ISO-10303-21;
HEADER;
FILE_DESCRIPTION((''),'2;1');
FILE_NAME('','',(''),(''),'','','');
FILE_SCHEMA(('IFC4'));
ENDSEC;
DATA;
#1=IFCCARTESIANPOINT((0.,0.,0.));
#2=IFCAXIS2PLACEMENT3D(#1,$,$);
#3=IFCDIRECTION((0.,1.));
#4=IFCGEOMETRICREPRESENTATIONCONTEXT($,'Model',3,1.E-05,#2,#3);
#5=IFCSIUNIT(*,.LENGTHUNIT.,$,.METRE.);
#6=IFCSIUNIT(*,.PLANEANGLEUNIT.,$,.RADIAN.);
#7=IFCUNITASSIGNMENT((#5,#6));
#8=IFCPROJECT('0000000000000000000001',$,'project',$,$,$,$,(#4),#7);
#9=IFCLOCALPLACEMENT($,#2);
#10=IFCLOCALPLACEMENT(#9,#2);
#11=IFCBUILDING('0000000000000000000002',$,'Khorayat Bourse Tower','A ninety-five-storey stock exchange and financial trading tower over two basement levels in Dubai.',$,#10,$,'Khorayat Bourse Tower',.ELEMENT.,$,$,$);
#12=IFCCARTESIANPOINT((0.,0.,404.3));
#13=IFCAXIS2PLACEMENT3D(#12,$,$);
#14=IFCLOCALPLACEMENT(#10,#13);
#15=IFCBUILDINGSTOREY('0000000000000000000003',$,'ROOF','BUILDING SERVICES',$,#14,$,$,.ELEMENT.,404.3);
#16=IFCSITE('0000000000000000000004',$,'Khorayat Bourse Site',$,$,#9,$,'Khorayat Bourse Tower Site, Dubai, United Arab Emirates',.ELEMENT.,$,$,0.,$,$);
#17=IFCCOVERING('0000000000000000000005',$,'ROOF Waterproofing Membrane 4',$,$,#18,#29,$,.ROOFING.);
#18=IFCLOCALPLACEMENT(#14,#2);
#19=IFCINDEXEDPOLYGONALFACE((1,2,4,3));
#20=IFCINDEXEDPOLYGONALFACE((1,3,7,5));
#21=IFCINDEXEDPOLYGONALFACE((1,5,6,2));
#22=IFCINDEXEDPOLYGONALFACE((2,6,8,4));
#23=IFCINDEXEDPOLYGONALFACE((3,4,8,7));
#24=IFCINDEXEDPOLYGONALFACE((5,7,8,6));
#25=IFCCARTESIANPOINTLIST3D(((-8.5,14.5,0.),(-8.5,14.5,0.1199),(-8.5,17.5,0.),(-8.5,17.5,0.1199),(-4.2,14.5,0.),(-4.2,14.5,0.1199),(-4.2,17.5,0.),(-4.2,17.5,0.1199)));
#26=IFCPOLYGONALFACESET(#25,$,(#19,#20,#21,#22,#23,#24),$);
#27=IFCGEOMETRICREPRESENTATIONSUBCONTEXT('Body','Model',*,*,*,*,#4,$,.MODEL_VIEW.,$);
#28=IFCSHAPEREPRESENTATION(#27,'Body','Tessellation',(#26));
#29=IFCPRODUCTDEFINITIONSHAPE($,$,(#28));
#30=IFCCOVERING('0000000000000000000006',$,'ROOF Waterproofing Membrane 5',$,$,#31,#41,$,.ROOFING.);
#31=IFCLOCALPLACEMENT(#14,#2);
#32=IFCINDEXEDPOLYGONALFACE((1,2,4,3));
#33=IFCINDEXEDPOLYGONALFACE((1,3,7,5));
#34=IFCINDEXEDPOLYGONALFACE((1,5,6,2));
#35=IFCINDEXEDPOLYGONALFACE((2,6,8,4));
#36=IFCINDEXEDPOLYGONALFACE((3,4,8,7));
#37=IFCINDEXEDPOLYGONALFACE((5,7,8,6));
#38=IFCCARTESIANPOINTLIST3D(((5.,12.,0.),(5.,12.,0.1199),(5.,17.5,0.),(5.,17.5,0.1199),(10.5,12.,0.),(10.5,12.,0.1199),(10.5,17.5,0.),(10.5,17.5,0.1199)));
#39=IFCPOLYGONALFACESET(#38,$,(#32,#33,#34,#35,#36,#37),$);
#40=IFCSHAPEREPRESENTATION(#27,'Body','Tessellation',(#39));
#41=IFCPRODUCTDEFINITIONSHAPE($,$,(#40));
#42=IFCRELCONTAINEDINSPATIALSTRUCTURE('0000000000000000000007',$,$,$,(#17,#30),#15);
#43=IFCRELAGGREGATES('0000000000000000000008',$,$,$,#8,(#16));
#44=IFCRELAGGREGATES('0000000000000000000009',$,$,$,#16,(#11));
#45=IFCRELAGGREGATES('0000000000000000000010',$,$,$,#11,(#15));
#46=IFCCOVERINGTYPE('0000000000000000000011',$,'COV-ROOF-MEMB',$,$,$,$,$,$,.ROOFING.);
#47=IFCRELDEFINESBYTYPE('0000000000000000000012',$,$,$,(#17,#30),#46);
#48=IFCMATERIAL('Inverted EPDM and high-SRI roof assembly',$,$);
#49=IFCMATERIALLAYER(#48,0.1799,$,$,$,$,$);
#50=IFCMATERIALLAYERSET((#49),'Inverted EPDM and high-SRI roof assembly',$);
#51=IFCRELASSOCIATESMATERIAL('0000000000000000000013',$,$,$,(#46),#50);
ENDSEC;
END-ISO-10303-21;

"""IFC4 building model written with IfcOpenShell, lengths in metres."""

from ifc_helpers import new_model, si_unit, direction, frame, origin, place, context, subcontext, project, spatial, polyline, outline, extrude, material, layer, layer_set, type_object, element, save


model = new_model("IFC4")

# Units and contexts
model_context = context("Model", 3, precision=1e-05, world=origin(), true_north=direction((0.0, 1.0)))
body_context = subcontext(model_context, "Body", "Model", "MODEL_VIEW")
ifc_project = project(units=[si_unit("LENGTHUNIT", "METRE"), si_unit("PLANEANGLEUNIT", "RADIAN")], contexts=[model_context])

# Site, building, storey
site_placement = place(None, origin())
site = spatial("IfcSite", under=ifc_project, at=site_placement, Name="Khorayat Bourse Site", LongName="Khorayat Bourse Tower Site, Dubai, United Arab Emirates", CompositionType="ELEMENT", RefElevation=0.0)
building_placement = place(site_placement, origin())
building = spatial("IfcBuilding", under=site, at=building_placement, Name="Khorayat Bourse Tower", Description="A ninety-five-storey stock exchange and financial trading tower over two basement levels in Dubai.", LongName="Khorayat Bourse Tower", CompositionType="ELEMENT")
storey_placement = place(building_placement, frame((0.0, 0.0, 404.3)))
storey = spatial("IfcBuildingStorey", under=building, at=storey_placement, Name="ROOF", Description="BUILDING SERVICES", CompositionType="ELEMENT", Elevation=404.3)

# Coverings
ifc_material_1 = material(Name="Inverted EPDM and high-SRI roof assembly")
ifc_layer_1 = layer(ifc_material_1, 0.1799)
ifc_layer_set_1 = layer_set([ifc_layer_1], Name="Inverted EPDM and high-SRI roof assembly")
covering_type = type_object("IfcCoveringType", Name="COV-ROOF-MEMB", PredefinedType="ROOFING", material=ifc_layer_set_1)
covering_1_placement = place(storey_placement, origin())
element("IfcCovering", 1, at=covering_1_placement, inside=storey, type_object=covering_type, Name="ROOF Waterproofing Membrane 4", PredefinedType="ROOFING", context=body_context, shape_type="SweptSolid", body=[
    extrude(outline(polyline([(-8.5, 14.5), (-4.2, 14.5), (-4.2, 17.5), (-8.5, 17.5), (-8.5, 14.5)])), origin(), (0.0, 0.0, 1.0), 0.1199),
])
covering_2_placement = place(storey_placement, origin())
element("IfcCovering", 2, at=covering_2_placement, inside=storey, type_object=covering_type, Name="ROOF Waterproofing Membrane 5", PredefinedType="ROOFING", context=body_context, shape_type="SweptSolid", body=[
    extrude(outline(polyline([(5.0, 12.0), (10.5, 12.0), (10.5, 17.5), (5.0, 17.5), (5.0, 12.0)])), origin(), (0.0, 0.0, 1.0), 0.1199),
])

save(model, "model.ifc")
